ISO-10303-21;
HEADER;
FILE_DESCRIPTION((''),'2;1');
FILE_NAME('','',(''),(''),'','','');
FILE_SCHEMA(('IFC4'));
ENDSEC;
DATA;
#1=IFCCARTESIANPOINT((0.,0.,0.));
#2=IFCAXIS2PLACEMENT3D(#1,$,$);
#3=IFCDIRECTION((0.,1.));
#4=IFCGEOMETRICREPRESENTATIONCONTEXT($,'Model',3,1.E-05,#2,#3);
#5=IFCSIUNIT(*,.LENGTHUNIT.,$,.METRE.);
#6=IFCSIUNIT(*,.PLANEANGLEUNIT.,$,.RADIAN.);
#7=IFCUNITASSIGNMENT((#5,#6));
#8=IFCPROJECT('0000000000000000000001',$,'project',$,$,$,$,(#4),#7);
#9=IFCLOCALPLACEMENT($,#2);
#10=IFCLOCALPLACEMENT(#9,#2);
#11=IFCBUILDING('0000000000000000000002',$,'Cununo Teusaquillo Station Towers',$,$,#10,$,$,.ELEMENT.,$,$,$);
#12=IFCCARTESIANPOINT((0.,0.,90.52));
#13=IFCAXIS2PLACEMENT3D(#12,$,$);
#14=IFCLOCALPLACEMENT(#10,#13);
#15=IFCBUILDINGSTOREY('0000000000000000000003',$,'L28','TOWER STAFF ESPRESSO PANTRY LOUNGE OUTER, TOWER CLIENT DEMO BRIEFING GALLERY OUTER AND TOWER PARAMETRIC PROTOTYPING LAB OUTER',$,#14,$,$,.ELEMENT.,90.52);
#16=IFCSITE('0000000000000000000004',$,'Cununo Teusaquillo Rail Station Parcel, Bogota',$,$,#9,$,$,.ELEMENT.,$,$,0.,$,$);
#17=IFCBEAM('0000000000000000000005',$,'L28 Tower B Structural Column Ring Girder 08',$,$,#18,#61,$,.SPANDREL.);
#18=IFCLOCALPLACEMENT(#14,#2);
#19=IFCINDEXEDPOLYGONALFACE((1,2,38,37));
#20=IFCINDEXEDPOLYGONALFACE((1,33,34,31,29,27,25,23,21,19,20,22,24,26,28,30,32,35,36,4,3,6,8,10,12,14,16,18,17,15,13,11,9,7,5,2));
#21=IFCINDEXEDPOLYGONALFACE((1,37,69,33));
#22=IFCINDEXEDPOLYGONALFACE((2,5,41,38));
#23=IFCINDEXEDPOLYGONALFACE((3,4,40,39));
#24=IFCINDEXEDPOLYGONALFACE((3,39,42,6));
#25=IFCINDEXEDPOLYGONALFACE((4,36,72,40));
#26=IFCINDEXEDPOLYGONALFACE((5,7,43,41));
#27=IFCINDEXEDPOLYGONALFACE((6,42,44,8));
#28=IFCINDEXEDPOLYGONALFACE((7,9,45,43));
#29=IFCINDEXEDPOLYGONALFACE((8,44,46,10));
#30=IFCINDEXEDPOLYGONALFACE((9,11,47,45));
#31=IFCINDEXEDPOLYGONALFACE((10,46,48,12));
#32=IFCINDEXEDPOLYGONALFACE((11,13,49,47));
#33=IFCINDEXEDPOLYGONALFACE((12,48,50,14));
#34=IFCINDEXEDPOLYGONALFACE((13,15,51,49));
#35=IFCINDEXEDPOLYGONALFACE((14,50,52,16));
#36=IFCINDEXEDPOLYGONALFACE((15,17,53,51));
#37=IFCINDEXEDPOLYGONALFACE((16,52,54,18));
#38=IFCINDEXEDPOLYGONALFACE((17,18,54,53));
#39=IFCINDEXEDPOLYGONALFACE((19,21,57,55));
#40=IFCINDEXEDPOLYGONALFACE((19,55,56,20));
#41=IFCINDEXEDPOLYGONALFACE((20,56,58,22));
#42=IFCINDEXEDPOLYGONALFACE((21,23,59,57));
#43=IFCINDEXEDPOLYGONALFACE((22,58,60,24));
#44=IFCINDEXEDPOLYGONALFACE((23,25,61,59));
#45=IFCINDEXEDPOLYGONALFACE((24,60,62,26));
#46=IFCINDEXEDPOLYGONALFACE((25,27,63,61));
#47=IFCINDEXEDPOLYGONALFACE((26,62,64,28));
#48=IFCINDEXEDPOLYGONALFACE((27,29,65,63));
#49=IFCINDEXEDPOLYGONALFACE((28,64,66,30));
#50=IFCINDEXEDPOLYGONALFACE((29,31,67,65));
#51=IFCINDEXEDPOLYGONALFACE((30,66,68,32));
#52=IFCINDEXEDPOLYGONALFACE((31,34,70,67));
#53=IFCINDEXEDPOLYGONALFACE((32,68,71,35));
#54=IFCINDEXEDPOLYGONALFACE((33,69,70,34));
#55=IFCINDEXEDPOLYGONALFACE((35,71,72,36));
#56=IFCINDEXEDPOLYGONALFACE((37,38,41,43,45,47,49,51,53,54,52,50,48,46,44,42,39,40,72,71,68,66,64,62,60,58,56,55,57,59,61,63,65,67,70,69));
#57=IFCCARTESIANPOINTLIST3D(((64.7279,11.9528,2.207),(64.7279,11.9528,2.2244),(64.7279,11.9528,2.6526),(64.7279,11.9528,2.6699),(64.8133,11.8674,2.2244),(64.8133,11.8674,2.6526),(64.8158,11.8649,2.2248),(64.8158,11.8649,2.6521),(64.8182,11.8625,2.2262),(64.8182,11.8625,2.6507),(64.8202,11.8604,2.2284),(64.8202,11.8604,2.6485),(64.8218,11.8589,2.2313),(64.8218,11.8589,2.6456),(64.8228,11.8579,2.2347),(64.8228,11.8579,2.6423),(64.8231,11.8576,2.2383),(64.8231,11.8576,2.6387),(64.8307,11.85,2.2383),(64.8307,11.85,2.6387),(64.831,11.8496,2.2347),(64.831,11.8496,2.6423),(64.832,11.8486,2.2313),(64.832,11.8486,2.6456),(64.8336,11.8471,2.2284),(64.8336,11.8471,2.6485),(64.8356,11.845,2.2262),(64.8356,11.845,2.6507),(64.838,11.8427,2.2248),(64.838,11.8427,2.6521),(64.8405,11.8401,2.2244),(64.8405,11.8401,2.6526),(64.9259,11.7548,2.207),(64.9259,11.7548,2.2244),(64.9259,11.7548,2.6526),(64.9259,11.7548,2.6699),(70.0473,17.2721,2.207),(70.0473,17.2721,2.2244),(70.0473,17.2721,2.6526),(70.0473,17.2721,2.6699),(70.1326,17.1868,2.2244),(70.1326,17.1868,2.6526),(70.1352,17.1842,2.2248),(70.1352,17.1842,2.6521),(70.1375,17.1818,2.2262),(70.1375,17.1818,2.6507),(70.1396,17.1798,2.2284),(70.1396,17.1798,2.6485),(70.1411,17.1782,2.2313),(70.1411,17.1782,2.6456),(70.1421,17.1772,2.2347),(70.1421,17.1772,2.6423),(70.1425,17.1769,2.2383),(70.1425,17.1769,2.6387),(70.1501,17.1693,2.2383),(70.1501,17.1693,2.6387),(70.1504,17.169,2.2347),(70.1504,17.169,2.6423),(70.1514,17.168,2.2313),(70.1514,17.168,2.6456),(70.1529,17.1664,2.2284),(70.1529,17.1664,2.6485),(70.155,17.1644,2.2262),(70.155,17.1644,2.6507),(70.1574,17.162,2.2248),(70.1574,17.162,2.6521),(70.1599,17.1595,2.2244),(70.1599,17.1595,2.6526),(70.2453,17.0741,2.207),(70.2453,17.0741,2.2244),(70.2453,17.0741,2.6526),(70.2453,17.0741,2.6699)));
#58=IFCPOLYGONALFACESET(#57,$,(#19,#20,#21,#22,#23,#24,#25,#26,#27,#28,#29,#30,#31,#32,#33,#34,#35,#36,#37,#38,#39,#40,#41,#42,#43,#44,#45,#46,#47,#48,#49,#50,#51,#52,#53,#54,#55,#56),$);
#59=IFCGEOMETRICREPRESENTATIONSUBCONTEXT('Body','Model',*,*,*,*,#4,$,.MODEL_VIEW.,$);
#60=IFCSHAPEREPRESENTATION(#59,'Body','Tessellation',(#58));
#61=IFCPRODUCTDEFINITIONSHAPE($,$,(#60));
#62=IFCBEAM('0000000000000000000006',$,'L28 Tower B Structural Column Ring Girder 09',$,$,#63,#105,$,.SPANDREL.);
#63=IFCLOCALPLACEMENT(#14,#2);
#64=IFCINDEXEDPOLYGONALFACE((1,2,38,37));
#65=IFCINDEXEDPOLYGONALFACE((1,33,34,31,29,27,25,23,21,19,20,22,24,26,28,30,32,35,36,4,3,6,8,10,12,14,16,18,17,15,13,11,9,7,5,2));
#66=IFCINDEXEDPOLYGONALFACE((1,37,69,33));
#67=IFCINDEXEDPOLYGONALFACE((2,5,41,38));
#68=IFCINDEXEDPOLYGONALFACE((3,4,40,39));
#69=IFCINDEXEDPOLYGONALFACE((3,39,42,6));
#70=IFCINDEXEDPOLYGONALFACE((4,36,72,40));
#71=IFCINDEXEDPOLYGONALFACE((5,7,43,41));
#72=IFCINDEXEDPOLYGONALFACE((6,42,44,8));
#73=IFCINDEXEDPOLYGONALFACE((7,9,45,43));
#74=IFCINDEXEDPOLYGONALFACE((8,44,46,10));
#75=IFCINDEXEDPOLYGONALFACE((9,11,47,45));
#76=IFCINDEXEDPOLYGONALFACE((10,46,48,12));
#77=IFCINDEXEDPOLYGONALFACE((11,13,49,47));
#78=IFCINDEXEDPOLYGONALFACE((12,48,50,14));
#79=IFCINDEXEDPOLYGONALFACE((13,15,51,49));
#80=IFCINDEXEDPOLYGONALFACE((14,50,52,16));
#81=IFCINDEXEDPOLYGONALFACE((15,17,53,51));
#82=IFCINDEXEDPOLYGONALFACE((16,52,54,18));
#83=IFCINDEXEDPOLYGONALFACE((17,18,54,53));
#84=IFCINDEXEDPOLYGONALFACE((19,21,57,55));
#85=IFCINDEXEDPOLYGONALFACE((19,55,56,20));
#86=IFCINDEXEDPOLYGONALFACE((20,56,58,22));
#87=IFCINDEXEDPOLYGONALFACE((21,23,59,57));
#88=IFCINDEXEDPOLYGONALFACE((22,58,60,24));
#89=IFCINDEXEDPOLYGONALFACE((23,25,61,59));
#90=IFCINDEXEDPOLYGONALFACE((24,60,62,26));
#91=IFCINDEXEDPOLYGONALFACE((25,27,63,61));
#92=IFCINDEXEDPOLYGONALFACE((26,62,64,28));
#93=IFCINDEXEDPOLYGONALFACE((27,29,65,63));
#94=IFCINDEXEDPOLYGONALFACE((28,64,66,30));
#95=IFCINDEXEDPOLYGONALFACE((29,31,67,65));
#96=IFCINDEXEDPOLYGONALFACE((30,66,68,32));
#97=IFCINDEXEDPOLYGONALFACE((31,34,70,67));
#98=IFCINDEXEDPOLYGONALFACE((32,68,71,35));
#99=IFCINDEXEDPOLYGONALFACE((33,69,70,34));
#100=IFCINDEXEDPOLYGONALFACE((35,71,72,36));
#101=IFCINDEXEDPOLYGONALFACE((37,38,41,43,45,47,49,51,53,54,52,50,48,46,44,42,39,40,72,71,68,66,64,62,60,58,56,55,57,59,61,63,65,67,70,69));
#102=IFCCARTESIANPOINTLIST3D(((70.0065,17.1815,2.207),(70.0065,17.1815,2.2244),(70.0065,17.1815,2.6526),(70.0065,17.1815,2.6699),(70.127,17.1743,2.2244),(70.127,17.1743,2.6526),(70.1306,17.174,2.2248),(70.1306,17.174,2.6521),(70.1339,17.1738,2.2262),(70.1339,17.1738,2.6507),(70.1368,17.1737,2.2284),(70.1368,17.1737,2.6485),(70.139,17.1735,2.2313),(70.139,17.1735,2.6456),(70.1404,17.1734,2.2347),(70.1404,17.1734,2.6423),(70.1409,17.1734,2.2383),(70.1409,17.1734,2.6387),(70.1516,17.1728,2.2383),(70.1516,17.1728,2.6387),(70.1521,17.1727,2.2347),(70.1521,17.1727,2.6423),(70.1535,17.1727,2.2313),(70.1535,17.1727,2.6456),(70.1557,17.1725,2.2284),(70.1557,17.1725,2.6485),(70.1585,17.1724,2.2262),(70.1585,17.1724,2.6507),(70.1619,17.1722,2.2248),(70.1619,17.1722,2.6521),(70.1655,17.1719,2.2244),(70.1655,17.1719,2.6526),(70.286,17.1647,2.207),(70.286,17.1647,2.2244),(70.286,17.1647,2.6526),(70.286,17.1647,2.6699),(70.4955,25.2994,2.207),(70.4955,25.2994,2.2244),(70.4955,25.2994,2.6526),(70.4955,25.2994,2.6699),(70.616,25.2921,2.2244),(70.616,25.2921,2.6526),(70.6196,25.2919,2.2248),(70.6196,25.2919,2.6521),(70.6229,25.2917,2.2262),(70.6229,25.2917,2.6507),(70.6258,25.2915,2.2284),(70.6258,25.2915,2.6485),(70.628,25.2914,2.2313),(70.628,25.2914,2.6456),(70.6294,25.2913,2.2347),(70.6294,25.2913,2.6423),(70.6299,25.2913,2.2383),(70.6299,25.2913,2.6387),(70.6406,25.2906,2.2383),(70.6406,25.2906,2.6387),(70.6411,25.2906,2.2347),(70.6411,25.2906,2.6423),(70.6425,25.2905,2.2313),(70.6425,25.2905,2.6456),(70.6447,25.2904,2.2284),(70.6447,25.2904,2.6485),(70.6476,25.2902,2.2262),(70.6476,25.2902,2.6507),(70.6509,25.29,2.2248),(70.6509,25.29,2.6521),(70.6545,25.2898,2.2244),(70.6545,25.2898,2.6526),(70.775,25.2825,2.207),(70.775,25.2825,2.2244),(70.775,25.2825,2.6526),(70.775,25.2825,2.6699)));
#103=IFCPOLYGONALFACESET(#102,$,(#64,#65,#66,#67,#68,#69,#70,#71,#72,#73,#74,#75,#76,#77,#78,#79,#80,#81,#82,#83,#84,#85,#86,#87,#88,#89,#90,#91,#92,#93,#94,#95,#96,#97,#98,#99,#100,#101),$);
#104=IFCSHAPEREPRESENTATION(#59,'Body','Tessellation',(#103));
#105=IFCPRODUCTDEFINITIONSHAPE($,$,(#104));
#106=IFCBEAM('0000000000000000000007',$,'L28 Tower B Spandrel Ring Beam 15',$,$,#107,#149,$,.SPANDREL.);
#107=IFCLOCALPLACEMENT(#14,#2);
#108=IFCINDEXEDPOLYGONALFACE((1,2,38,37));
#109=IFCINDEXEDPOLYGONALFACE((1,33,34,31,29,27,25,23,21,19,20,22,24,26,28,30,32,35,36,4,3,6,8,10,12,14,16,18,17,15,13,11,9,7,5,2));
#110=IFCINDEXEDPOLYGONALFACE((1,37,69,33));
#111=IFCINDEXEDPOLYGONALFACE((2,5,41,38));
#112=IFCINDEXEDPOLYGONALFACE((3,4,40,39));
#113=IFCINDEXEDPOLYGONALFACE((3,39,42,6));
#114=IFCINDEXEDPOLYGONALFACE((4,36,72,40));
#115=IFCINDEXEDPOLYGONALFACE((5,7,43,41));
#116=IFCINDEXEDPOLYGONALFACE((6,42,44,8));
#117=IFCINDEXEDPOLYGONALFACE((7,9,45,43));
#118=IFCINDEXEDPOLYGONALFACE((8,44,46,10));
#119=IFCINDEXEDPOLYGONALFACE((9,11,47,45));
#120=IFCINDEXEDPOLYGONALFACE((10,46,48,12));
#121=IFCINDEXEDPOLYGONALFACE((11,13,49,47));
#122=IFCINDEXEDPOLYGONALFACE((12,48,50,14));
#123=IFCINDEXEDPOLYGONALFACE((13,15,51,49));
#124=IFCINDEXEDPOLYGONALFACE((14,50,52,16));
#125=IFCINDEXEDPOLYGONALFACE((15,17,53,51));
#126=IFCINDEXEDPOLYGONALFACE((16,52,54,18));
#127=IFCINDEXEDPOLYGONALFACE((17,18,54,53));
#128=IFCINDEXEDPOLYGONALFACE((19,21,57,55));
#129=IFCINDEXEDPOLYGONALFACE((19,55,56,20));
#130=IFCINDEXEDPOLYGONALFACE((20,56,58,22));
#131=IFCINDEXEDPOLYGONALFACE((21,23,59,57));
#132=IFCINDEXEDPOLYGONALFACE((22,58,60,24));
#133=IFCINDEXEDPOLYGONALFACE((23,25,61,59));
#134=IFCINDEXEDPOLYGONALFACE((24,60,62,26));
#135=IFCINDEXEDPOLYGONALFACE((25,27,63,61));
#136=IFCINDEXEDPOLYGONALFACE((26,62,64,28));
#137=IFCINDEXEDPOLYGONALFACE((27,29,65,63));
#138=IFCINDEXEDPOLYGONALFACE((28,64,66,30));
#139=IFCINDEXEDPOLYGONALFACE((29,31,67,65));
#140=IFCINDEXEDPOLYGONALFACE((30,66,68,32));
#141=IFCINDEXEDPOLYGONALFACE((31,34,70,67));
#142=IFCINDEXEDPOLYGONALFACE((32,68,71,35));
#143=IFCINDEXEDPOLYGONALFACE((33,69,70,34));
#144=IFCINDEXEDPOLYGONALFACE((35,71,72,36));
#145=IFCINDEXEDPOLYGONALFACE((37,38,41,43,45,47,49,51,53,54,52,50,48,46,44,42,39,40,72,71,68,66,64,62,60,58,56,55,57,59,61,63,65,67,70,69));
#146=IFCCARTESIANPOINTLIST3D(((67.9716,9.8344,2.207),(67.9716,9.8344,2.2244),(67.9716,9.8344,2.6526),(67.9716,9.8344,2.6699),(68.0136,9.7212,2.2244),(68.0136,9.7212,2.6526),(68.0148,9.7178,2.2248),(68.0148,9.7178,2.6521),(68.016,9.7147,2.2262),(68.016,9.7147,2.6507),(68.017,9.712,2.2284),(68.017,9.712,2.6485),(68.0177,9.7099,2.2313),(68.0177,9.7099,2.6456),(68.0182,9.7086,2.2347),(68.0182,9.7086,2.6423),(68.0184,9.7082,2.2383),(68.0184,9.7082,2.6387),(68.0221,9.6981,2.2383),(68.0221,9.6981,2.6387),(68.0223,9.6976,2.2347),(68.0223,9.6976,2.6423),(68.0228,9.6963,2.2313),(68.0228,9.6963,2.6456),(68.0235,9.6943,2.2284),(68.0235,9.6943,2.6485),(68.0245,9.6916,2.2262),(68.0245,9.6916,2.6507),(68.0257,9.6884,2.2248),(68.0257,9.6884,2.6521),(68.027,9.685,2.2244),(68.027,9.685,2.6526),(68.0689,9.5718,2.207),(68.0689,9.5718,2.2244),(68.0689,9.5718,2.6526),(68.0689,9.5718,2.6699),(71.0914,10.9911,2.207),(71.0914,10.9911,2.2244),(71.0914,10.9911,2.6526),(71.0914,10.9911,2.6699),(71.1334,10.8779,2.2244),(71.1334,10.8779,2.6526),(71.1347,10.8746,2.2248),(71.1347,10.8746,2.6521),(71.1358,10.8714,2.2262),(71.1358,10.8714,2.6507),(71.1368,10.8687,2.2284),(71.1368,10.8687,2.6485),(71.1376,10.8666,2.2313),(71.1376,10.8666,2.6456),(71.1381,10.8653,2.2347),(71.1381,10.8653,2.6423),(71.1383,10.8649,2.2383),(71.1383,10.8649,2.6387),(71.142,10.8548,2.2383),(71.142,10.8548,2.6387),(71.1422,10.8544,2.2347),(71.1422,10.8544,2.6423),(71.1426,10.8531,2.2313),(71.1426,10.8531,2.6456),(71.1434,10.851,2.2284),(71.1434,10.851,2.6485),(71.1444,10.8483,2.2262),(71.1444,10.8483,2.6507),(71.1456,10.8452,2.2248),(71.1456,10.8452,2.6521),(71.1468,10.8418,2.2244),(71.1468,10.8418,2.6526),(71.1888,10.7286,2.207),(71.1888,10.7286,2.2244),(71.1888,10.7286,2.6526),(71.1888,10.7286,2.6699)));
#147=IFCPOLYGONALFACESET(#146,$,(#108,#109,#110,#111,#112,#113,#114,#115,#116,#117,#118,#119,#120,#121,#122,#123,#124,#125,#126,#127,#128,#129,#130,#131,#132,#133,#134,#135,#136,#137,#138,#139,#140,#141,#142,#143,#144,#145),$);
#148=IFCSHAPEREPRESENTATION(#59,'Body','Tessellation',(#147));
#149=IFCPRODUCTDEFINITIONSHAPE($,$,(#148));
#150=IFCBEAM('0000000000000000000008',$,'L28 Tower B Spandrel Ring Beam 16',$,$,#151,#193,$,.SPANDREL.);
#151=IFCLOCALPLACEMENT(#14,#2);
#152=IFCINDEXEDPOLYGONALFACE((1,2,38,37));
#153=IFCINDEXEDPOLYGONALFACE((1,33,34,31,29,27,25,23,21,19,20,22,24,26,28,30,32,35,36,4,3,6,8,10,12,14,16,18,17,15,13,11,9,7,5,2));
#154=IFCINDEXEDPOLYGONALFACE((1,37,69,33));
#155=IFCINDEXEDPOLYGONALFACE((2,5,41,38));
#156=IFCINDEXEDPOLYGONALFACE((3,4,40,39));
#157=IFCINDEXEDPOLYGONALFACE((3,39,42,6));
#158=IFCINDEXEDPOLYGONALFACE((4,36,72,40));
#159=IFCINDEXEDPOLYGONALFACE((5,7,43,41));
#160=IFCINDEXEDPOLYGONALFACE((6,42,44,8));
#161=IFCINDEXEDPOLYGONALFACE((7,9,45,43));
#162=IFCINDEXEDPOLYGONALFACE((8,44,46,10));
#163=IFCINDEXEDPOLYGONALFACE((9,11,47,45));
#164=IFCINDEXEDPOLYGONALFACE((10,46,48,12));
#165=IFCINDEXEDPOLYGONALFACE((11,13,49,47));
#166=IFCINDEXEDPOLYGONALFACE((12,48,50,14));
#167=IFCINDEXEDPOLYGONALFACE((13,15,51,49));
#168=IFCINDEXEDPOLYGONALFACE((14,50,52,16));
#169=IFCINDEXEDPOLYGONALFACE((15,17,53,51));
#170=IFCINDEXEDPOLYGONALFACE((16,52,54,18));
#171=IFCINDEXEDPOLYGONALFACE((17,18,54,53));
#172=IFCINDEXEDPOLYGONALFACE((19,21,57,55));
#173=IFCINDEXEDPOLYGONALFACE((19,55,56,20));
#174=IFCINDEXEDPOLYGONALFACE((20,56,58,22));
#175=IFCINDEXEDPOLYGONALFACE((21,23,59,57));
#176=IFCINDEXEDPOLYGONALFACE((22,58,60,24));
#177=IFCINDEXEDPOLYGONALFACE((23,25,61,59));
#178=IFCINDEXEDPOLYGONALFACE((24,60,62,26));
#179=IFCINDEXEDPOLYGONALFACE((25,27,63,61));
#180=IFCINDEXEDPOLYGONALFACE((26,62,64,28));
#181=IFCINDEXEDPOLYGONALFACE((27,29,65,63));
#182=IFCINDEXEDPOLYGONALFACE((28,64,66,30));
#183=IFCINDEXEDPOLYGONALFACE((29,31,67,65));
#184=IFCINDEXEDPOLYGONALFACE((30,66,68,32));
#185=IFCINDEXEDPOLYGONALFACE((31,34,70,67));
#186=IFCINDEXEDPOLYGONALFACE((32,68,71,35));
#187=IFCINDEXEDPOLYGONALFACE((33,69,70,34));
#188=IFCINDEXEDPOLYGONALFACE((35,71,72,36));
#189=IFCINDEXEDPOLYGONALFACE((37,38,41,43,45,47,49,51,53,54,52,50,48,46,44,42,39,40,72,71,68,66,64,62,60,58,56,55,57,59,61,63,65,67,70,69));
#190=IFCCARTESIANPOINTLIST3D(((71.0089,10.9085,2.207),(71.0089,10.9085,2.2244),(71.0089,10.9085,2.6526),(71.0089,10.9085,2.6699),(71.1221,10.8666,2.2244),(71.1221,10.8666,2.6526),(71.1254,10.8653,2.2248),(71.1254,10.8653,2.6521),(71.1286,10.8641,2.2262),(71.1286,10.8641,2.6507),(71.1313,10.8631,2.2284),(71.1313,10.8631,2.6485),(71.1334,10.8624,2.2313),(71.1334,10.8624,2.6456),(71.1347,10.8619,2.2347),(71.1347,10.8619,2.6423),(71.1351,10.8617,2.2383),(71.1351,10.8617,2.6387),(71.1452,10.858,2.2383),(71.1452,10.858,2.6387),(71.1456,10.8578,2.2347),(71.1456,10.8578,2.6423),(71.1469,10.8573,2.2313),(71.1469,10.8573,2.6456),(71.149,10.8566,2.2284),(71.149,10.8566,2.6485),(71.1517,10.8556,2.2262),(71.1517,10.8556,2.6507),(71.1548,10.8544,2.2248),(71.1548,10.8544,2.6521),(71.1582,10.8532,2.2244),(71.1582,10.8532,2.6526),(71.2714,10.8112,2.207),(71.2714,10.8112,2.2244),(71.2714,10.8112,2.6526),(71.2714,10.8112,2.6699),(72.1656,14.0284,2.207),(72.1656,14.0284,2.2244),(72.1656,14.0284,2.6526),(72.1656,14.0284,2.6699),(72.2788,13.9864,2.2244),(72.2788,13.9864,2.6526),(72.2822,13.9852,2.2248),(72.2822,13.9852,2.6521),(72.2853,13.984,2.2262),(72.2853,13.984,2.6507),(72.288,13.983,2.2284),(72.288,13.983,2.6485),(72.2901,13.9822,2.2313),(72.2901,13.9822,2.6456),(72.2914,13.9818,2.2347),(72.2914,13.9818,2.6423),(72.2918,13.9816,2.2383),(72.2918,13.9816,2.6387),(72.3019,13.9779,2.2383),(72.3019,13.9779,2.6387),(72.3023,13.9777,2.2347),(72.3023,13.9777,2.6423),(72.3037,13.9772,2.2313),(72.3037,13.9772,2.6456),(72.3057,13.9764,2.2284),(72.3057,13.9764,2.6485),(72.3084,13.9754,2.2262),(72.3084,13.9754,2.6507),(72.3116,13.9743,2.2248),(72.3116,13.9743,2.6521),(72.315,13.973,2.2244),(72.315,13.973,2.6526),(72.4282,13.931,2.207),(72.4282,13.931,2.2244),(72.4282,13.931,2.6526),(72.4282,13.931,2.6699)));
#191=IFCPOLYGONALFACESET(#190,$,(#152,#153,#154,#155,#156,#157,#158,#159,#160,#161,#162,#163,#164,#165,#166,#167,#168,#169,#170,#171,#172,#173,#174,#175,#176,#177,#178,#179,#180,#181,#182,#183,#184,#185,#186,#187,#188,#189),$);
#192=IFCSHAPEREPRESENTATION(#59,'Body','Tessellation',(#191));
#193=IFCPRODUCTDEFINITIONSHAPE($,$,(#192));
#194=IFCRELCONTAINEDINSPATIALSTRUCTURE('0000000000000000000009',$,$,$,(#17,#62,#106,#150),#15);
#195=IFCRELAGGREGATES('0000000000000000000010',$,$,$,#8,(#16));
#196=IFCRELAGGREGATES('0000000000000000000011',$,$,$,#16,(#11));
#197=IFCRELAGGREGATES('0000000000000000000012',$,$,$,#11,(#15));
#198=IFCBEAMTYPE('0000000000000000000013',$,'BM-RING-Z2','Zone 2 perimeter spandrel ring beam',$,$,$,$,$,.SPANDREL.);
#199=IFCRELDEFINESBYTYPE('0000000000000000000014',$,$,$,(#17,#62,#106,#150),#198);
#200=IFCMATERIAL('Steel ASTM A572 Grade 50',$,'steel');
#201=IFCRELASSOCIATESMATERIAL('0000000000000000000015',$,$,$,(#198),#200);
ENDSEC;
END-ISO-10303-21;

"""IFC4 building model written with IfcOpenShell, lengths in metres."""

from ifc_helpers import new_model, si_unit, direction, frame, origin, origin_2d, place, context, subcontext, project, spatial, i_section, extrude, material, material_profile, profile_set, type_object, element, save


model = new_model("IFC4")

# Units and contexts
model_context = context("Model", 3, precision=1e-05, world=origin(), true_north=direction((0.0, 1.0)))
body_context = subcontext(model_context, "Body", "Model", "MODEL_VIEW")
ifc_project = project(units=[si_unit("LENGTHUNIT", "METRE"), si_unit("PLANEANGLEUNIT", "RADIAN")], contexts=[model_context])

# Site, building, storey
site_placement = place(None, origin())
site = spatial("IfcSite", under=ifc_project, at=site_placement, Name="Cununo Teusaquillo Rail Station Parcel, Bogota", CompositionType="ELEMENT", RefElevation=0.0)
building_placement = place(site_placement, origin())
building = spatial("IfcBuilding", under=site, at=building_placement, Name="Cununo Teusaquillo Station Towers", CompositionType="ELEMENT")
storey_placement = place(building_placement, frame((0.0, 0.0, 90.52)))
storey = spatial("IfcBuildingStorey", under=building, at=storey_placement, Name="L28", Description="TOWER STAFF ESPRESSO PANTRY LOUNGE OUTER, TOWER CLIENT DEMO BRIEFING GALLERY OUTER AND TOWER PARAMETRIC PROTOTYPING LAB OUTER", CompositionType="ELEMENT", Elevation=90.52)

# Beams
ifc_material_1 = material(Name="Steel ASTM A572 Grade 50", Category="steel")
ifc_material_profile_1 = material_profile(ifc_material_1, i_section(OverallWidth=0.28, OverallDepth=0.4629, WebThickness=0.0107, FlangeThickness=0.0173, FilletRadius=0.0139, at=origin_2d()), Name="W18X76")
ifc_profile_set_1 = profile_set([ifc_material_profile_1], Name="Steel ASTM A572 Grade 50")
beam_type_1 = type_object("IfcBeamType", Name="BM-RING-Z2", Description="Zone 2 perimeter spandrel ring beam", PredefinedType="SPANDREL", material=ifc_profile_set_1)
beam_1_placement = place(storey_placement, frame((64.8269, 11.8538, 2.4385), z_axis=(0.707107, 0.707107, 0.0), x_axis=(-0.707107, 0.707107, 0.0)))
element("IfcBeam", 1, at=beam_1_placement, inside=storey, type_object=beam_type_1, Name="L28 Tower B Structural Column Ring Girder 08", PredefinedType="SPANDREL", context=body_context, shape_type="SweptSolid", body=[
    extrude(i_section(OverallWidth=0.28, OverallDepth=0.4629, WebThickness=0.0107, FlangeThickness=0.0173, FilletRadius=0.0139, at=origin_2d()), origin(), (0.0, 0.0, 1.0), 7.5227),
])
beam_2_placement = place(storey_placement, frame((70.1462, 17.1731, 2.4385), z_axis=(0.06013, 0.998191, 0.0), x_axis=(-0.998191, 0.06013, 0.0)))
element("IfcBeam", 2, at=beam_2_placement, inside=storey, type_object=beam_type_1, Name="L28 Tower B Structural Column Ring Girder 09", PredefinedType="SPANDREL", context=body_context, shape_type="SweptSolid", body=[
    extrude(i_section(OverallWidth=0.28, OverallDepth=0.4629, WebThickness=0.0107, FlangeThickness=0.0173, FilletRadius=0.0139, at=origin_2d()), origin(), (0.0, 0.0, 1.0), 8.1326),
])
for number, where, z_axis, x_axis, name in (
    (3, (68.0203, 9.7031, 2.4385), (0.937628, 0.347639, 0.0), (-0.347639, 0.937628, 0.0), "L28 Tower B Spandrel Ring Beam 15"),
    (4, (71.1401, 10.8599, 2.4385), (0.347639, 0.937628, 0.0), (-0.937628, 0.347639, 0.0), "L28 Tower B Spandrel Ring Beam 16"),
):
    element("IfcBeam", number, at=place(storey_placement, frame(where, z_axis=z_axis, x_axis=x_axis)), inside=storey, type_object=beam_type_1, Name=name, PredefinedType="SPANDREL", context=body_context, shape_type="SweptSolid", body=[
        extrude(i_section(OverallWidth=0.28, OverallDepth=0.4629, WebThickness=0.0107, FlangeThickness=0.0173, FilletRadius=0.0139, at=origin_2d()), origin(), (0.0, 0.0, 1.0), 3.3274),
    ])

save(model, "model.ifc")
